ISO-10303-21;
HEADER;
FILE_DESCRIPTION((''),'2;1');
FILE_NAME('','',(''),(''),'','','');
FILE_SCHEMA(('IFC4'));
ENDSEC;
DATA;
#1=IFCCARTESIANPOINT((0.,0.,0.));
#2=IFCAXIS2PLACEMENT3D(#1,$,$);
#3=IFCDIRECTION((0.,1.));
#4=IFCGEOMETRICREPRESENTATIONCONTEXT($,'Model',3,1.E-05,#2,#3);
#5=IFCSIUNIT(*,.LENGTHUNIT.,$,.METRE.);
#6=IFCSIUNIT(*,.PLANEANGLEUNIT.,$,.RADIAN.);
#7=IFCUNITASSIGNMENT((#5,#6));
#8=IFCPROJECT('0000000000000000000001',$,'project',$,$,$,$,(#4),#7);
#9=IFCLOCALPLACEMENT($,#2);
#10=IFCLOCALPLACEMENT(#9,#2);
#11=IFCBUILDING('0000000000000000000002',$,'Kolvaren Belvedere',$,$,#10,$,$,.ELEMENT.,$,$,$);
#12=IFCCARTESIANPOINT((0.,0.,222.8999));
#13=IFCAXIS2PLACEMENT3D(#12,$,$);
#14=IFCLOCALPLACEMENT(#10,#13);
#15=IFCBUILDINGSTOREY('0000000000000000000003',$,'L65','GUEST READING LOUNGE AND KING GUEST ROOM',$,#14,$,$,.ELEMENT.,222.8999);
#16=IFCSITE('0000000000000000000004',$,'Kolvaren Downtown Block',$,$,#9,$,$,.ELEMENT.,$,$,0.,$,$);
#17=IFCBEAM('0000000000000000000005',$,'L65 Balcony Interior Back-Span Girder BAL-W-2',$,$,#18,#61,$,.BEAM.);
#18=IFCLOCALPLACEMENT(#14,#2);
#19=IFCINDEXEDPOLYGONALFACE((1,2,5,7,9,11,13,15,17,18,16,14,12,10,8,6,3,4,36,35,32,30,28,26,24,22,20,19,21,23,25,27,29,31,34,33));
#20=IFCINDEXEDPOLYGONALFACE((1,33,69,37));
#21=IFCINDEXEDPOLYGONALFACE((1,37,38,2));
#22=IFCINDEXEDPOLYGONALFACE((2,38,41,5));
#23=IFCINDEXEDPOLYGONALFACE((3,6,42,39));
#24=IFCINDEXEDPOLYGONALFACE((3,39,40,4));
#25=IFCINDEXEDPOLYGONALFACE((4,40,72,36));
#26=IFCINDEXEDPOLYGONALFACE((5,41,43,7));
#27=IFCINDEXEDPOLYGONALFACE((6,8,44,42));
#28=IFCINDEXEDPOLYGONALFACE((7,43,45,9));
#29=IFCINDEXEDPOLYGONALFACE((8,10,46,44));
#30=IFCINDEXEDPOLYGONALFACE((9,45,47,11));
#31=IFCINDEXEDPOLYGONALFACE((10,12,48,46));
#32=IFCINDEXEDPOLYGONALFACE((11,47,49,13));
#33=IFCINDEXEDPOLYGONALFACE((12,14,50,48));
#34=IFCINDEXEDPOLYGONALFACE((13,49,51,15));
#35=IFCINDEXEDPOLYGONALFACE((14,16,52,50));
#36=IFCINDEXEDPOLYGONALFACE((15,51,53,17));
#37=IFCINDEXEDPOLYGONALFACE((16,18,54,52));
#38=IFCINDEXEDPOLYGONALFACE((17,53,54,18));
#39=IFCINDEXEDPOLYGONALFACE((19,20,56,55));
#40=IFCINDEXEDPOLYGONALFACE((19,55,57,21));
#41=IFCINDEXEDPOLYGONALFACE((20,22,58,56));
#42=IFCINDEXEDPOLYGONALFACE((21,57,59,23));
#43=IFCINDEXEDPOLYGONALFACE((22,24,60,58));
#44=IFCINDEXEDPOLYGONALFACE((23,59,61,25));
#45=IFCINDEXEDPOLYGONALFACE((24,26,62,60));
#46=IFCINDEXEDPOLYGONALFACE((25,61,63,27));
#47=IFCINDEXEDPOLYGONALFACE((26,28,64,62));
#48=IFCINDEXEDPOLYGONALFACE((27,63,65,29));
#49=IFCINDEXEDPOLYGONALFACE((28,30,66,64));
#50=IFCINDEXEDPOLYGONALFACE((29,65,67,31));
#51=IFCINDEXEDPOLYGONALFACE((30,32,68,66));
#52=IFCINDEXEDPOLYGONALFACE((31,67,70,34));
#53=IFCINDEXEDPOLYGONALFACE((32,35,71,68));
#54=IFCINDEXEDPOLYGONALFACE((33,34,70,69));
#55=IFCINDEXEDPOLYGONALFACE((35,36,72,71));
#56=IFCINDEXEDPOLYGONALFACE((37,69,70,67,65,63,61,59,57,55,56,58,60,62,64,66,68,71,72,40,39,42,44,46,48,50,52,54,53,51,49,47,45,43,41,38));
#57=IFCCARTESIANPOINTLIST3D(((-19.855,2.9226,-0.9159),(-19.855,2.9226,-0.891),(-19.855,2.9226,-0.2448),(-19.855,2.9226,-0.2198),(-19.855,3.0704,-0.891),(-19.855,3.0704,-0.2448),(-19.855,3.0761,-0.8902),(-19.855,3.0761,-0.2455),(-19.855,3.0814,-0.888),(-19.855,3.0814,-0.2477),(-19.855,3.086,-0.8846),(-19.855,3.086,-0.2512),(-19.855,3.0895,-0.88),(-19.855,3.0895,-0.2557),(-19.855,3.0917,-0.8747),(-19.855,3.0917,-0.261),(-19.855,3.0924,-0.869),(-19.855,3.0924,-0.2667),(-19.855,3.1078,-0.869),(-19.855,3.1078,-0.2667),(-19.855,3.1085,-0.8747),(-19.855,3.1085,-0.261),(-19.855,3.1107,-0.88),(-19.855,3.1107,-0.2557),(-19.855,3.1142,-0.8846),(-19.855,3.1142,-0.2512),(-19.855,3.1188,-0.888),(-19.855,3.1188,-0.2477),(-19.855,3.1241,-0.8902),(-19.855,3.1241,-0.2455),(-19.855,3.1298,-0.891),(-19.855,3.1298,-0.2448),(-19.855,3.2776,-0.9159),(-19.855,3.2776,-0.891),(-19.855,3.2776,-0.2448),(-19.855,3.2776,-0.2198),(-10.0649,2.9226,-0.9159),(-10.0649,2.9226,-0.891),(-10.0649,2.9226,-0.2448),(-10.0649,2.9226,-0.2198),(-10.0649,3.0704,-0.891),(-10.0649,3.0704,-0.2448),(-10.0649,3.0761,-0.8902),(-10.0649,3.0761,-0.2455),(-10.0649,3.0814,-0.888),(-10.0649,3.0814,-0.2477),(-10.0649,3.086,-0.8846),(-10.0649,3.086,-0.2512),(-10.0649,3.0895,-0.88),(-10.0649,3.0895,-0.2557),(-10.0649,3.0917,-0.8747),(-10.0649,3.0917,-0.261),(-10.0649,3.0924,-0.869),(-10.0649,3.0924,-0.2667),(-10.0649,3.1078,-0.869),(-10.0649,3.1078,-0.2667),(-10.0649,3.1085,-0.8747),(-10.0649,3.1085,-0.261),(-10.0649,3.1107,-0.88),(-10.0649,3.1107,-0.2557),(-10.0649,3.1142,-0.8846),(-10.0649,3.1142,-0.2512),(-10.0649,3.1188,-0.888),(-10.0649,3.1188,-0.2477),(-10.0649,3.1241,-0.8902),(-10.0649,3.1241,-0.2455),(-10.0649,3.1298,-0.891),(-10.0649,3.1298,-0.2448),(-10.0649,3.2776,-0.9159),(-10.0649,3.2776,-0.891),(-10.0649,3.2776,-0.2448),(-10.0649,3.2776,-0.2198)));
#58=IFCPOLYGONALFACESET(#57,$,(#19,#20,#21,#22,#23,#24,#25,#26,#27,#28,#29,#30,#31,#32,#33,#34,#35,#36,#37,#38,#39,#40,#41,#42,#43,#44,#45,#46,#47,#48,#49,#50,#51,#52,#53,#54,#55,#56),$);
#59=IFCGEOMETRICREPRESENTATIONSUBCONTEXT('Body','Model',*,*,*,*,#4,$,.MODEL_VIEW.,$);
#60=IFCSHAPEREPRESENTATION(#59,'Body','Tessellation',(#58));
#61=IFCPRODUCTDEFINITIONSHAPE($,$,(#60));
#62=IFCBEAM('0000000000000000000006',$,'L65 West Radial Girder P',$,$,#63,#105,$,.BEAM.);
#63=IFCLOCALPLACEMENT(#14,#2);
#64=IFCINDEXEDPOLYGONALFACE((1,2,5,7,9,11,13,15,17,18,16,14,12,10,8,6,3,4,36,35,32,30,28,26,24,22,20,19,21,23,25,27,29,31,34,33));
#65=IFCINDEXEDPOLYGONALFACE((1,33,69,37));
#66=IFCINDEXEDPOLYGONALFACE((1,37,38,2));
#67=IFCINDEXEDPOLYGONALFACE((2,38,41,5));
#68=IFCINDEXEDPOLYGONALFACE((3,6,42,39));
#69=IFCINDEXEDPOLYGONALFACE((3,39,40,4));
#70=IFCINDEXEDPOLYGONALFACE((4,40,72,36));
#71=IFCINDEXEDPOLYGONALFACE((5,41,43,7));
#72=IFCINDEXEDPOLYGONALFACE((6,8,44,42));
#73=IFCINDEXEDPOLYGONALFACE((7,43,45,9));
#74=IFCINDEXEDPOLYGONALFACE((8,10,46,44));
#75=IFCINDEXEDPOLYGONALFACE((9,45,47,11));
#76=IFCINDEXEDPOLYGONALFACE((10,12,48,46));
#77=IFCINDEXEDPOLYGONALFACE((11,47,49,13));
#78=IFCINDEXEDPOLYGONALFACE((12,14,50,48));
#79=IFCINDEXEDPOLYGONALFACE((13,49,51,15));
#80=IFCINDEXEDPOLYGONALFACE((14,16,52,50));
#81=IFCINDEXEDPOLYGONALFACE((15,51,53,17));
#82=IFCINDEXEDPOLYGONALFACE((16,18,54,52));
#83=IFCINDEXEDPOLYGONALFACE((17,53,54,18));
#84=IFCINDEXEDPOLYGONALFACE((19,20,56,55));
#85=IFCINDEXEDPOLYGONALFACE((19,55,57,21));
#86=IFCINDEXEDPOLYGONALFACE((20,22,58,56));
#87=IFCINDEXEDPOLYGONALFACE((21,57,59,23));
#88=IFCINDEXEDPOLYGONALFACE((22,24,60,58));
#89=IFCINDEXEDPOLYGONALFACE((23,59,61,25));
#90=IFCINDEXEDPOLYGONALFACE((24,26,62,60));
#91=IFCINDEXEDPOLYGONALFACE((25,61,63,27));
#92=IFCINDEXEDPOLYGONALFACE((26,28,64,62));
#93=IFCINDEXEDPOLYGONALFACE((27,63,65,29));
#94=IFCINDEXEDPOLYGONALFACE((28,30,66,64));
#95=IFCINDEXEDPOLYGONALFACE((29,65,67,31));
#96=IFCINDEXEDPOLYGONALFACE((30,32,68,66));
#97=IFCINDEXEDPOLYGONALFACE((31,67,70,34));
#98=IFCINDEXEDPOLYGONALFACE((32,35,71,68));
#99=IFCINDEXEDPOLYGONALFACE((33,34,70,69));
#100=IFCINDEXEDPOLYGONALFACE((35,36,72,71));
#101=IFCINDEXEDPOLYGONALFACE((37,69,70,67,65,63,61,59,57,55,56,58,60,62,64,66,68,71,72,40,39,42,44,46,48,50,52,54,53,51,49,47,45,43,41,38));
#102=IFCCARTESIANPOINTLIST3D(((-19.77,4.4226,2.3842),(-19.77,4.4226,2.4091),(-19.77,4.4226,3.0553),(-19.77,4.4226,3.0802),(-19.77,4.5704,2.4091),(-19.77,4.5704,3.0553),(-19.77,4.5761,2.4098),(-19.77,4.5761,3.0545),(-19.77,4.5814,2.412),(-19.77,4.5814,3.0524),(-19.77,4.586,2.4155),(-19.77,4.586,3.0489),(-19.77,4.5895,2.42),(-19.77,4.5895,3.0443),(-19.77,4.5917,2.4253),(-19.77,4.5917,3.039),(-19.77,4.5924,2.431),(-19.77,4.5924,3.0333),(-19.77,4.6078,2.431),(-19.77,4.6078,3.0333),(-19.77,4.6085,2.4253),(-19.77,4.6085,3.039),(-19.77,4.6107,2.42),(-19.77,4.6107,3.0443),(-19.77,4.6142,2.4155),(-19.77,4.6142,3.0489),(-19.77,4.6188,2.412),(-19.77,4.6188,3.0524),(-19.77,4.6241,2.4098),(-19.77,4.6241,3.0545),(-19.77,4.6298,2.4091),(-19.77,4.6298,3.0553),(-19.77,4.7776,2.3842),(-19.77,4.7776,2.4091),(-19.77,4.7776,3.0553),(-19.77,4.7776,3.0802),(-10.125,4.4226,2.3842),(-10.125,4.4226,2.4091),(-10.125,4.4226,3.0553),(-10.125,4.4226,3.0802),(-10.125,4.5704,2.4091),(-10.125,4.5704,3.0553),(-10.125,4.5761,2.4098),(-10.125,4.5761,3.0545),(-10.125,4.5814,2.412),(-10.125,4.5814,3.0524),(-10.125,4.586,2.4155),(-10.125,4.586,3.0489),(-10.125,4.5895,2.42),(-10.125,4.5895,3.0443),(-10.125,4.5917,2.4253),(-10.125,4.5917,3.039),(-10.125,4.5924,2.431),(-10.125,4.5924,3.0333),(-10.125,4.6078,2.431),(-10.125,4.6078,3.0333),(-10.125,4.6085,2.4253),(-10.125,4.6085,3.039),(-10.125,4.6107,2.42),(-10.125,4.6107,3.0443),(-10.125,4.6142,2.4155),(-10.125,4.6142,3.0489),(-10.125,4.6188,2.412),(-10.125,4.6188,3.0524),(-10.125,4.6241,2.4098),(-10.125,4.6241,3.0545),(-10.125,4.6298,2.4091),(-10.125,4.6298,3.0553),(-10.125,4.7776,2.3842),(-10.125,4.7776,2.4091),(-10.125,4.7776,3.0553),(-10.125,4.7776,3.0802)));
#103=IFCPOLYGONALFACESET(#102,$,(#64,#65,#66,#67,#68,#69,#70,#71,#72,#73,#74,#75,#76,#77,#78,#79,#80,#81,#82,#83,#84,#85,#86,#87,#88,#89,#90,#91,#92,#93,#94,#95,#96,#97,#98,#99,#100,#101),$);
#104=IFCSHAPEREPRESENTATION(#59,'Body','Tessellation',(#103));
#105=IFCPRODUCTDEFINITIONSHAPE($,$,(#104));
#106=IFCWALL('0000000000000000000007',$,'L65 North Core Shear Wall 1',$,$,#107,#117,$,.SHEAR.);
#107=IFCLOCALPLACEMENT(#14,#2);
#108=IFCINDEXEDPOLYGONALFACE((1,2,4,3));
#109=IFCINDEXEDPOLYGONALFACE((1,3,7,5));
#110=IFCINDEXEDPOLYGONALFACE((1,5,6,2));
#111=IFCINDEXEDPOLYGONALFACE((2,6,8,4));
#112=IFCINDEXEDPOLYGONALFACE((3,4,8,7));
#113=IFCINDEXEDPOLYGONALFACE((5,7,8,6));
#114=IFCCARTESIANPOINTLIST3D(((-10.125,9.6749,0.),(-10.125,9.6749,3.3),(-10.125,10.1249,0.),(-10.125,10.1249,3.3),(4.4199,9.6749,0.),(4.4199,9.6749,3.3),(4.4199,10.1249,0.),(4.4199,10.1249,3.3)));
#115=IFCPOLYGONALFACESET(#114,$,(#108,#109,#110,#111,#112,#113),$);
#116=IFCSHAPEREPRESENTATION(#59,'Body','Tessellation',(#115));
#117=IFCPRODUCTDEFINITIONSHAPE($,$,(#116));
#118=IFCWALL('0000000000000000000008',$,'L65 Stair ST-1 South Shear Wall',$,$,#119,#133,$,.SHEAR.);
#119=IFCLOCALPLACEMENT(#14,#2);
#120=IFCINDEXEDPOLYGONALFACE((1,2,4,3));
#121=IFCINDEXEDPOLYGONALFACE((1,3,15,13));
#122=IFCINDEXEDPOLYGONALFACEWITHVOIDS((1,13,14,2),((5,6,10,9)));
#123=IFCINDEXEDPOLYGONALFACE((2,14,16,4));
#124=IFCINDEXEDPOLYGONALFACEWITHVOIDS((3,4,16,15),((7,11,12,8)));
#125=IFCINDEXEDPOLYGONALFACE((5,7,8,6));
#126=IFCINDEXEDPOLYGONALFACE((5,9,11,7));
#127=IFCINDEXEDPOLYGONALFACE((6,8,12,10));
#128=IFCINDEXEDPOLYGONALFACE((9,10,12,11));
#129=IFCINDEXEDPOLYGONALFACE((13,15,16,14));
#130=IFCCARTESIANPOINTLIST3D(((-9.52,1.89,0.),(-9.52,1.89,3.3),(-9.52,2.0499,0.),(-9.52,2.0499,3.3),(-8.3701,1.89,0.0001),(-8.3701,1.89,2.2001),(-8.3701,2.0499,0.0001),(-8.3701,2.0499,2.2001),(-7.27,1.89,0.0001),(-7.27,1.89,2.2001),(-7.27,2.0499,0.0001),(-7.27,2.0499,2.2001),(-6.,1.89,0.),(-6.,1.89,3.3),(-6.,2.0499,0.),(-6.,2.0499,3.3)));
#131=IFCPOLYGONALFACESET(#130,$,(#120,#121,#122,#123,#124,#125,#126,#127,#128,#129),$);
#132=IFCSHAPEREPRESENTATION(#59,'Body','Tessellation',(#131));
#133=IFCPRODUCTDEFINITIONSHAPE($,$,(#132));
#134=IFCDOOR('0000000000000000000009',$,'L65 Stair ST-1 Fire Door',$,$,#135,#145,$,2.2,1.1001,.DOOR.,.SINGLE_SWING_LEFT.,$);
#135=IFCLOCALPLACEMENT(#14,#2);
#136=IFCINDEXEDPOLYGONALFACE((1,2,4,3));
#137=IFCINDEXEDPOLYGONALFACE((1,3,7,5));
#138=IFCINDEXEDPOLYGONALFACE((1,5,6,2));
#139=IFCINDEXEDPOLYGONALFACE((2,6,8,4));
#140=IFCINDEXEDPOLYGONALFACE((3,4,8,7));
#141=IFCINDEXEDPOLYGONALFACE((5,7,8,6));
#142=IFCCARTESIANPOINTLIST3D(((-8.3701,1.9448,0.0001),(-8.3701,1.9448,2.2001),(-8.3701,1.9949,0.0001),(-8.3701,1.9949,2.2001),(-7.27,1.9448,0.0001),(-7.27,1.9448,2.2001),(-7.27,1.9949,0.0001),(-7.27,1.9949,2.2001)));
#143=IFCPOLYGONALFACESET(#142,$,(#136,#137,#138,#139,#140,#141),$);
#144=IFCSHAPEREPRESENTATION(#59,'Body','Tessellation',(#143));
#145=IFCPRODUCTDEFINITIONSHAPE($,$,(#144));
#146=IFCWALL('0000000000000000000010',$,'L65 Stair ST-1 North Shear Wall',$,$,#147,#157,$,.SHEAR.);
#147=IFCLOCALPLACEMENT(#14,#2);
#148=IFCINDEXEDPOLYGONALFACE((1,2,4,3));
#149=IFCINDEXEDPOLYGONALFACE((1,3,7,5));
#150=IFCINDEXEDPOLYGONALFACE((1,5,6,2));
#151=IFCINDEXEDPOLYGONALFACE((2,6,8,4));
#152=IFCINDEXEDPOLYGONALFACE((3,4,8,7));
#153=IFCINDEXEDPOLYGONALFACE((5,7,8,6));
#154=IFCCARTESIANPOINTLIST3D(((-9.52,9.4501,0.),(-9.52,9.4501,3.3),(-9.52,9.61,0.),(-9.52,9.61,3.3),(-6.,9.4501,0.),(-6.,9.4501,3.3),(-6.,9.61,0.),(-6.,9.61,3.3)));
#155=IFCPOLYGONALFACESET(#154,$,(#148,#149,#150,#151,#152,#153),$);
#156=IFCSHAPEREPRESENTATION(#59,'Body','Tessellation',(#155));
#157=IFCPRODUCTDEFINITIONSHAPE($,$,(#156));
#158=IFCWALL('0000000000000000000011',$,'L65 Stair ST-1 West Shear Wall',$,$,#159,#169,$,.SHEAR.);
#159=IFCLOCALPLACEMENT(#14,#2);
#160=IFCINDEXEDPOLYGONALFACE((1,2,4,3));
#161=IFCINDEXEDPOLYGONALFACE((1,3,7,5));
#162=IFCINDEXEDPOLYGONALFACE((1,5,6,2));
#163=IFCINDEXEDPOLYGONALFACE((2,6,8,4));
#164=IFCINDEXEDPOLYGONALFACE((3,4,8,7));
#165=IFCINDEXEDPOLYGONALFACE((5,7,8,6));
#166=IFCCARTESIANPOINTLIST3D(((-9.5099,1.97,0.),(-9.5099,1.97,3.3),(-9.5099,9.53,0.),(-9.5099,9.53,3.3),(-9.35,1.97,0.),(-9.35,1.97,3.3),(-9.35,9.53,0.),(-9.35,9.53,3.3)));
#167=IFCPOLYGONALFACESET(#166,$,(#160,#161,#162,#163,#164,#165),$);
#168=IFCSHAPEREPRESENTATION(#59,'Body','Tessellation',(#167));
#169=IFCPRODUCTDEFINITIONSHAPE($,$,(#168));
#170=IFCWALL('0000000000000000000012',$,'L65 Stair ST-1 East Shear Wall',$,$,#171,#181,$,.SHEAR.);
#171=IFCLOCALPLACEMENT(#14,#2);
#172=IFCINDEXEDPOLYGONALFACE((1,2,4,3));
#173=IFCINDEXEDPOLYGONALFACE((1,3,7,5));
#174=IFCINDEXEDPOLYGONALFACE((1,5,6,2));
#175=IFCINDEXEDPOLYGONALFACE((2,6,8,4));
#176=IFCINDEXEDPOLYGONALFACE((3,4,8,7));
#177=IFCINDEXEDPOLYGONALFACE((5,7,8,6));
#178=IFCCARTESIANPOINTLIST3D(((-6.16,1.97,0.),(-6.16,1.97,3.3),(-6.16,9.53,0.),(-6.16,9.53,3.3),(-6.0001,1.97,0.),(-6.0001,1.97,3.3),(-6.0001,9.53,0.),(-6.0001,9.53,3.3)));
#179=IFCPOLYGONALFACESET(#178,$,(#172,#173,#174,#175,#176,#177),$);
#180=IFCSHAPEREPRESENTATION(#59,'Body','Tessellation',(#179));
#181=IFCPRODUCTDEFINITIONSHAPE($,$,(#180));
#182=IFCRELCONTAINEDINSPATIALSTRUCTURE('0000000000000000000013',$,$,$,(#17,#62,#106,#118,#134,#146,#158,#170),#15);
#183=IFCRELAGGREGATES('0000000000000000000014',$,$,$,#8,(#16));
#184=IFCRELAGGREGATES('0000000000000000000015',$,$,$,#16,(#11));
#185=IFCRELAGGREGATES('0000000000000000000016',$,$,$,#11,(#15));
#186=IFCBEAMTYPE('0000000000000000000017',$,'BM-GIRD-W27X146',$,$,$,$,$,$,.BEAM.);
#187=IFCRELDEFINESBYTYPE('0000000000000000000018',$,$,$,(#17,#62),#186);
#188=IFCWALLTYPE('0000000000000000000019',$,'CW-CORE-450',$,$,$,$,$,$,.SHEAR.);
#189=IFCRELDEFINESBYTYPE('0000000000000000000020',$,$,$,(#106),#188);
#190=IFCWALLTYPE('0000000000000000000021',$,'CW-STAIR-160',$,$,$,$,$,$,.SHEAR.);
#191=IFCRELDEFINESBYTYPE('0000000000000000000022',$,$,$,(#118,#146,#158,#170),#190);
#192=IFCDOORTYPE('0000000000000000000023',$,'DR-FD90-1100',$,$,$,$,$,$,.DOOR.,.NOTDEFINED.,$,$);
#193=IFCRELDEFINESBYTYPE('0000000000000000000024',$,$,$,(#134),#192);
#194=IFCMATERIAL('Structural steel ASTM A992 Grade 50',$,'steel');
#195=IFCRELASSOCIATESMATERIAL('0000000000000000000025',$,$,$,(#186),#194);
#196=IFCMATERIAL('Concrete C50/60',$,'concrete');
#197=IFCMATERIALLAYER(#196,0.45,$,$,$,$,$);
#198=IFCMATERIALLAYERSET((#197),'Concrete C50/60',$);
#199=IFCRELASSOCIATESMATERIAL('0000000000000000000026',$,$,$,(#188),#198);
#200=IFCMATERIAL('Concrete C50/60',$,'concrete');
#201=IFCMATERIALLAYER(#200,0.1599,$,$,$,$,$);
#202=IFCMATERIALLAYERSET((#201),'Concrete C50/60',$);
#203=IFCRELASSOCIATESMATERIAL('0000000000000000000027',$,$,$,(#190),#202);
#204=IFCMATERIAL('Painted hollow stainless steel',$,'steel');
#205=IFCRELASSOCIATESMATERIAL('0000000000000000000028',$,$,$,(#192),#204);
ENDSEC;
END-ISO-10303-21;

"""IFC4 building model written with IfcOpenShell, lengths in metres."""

from ifc_helpers import new_model, si_unit, direction, frame, frame_2d, origin, origin_2d, place, context, subcontext, project, spatial, rectangle, i_section, extrude, material, layer, layer_set, material_profile, profile_set, type_object, element, fill, save


model = new_model("IFC4")

# Units and contexts
model_context = context("Model", 3, precision=1e-05, world=origin(), true_north=direction((0.0, 1.0)))
body_context = subcontext(model_context, "Body", "Model", "MODEL_VIEW")
ifc_project = project(units=[si_unit("LENGTHUNIT", "METRE"), si_unit("PLANEANGLEUNIT", "RADIAN")], contexts=[model_context])

# Site, building, storey
site_placement = place(None, origin())
site = spatial("IfcSite", under=ifc_project, at=site_placement, Name="Kolvaren Downtown Block", CompositionType="ELEMENT", RefElevation=0.0)
building_placement = place(site_placement, origin())
building = spatial("IfcBuilding", under=site, at=building_placement, Name="Kolvaren Belvedere", CompositionType="ELEMENT")
storey_placement = place(building_placement, frame((0.0, 0.0, 222.8999)))
storey = spatial("IfcBuildingStorey", under=building, at=storey_placement, Name="L65", Description="GUEST READING LOUNGE AND KING GUEST ROOM", CompositionType="ELEMENT", Elevation=222.8999)

# Beams
ifc_material_1 = material(Name="Structural steel ASTM A992 Grade 50", Category="steel")
ifc_material_profile = material_profile(ifc_material_1, i_section(OverallWidth=0.355, OverallDepth=0.696, WebThickness=0.0154, FlangeThickness=0.0249, FilletRadius=0.022, at=origin_2d()), Name="W27X146")
ifc_profile_set = profile_set([ifc_material_profile], Name="Structural steel ASTM A992 Grade 50")
beam_type = type_object("IfcBeamType", Name="BM-GIRD-W27X146", PredefinedType="BEAM", material=ifc_profile_set)
beam_1_placement = place(storey_placement, frame((-10.0649, 3.1001, -0.5679), z_axis=(-1.0, 0.0, 0.0), x_axis=(0.0, -1.0, 0.0)))
element("IfcBeam", 1, at=beam_1_placement, inside=storey, type_object=beam_type, Name="L65 Balcony Interior Back-Span Girder BAL-W-2", PredefinedType="BEAM", context=body_context, shape_type="SweptSolid", body=[
    extrude(i_section(OverallWidth=0.355, OverallDepth=0.696, WebThickness=0.0154, FlangeThickness=0.0249, FilletRadius=0.022, at=origin_2d()), origin(), (0.0, 0.0, 1.0), 9.79),
])
beam_2_placement = place(storey_placement, frame((-10.125, 4.6001, 2.7322), z_axis=(-1.0, 0.0, 0.0), x_axis=(0.0, -1.0, 0.0)))
element("IfcBeam", 2, at=beam_2_placement, inside=storey, type_object=beam_type, Name="L65 West Radial Girder P", PredefinedType="BEAM", context=body_context, shape_type="SweptSolid", body=[
    extrude(i_section(OverallWidth=0.355, OverallDepth=0.696, WebThickness=0.0154, FlangeThickness=0.0249, FilletRadius=0.022, at=origin_2d()), origin(), (0.0, 0.0, 1.0), 9.645),
])

# Wall
ifc_material_2 = material(Name="Concrete C50/60", Category="concrete")
ifc_layer_1 = layer(ifc_material_2, 0.45)
ifc_layer_set_1 = layer_set([ifc_layer_1], Name="Concrete C50/60")
wall_type_1 = type_object("IfcWallType", Name="CW-CORE-450", PredefinedType="SHEAR", material=ifc_layer_set_1)
wall_1_placement = place(storey_placement, frame((-10.125, 9.8999, 0.0), z_axis=(0.0, 0.0, 1.0), x_axis=(1.0, 0.0, 0.0)))
element("IfcWall", 3, at=wall_1_placement, inside=storey, type_object=wall_type_1, Name="L65 North Core Shear Wall 1", PredefinedType="SHEAR", context=body_context, shape_type="SweptSolid", body=[
    extrude(rectangle(XDim=14.5449, YDim=0.45, at=frame_2d((7.2725, 0.0))), origin(), (0.0, 0.0, 1.0), 3.3),
])

# Wall, opening, door
ifc_material_3 = material(Name="Concrete C50/60", Category="concrete")
ifc_layer_2 = layer(ifc_material_3, 0.1599)
ifc_layer_set_2 = layer_set([ifc_layer_2], Name="Concrete C50/60")
wall_type_2 = type_object("IfcWallType", Name="CW-STAIR-160", PredefinedType="SHEAR", material=ifc_layer_set_2)
wall_2_placement = place(storey_placement, frame((-9.52, 1.97, 0.0), z_axis=(0.0, 0.0, 1.0), x_axis=(1.0, 0.0, 0.0)))
wall_2 = element("IfcWall", 4, at=wall_2_placement, inside=storey, type_object=wall_type_2, Name="L65 Stair ST-1 South Shear Wall", PredefinedType="SHEAR", context=body_context, shape_type="SweptSolid", body=[
    extrude(rectangle(XDim=3.52, YDim=0.1599, at=frame_2d((1.76, 0.0))), origin(), (0.0, 0.0, 1.0), 3.3),
])
opening_1_placement = place(wall_2_placement, frame((1.1499, 0.0, 0.0)))
opening_1 = element("IfcOpeningElement", 5, at=opening_1_placement, cuts=wall_2, PredefinedType="OPENING", context=body_context, shape_type="SweptSolid", body=[
    extrude(rectangle(XDim=1.1001, YDim=2.2, at=frame_2d((0.55, 1.1001))), frame((0.0, 0.0898, 0.0), z_axis=(0.0, -1.0, 0.0), x_axis=(1.0, 0.0, 0.0)), (0.0, 0.0, 1.0), 0.1799),
])
ifc_material_4 = material(Name="Painted hollow stainless steel", Category="steel")
door_type_1 = type_object("IfcDoorType", Name="DR-FD90-1100", OperationType="NOTDEFINED", PredefinedType="DOOR", material=ifc_material_4)
door_1_placement = place(opening_1_placement, origin())
door_1 = element("IfcDoor", 6, at=door_1_placement, inside=storey, type_object=door_type_1, Name="L65 Stair ST-1 Fire Door", OperationType="SINGLE_SWING_LEFT", OverallHeight=2.2, OverallWidth=1.1001, PredefinedType="DOOR", context=body_context, shape_type="SweptSolid", body=[
    extrude(rectangle(XDim=1.1001, YDim=2.2, at=frame_2d((0.55, 1.1001))), frame((0.0, 0.0249, 0.0), z_axis=(0.0, -1.0, 0.0), x_axis=(1.0, 0.0, 0.0)), (0.0, 0.0, 1.0), 0.05),
])
fill(opening_1, door_1)

# Walls
wall_3_placement = place(storey_placement, frame((-9.52, 9.53, 0.0), z_axis=(0.0, 0.0, 1.0), x_axis=(1.0, 0.0, 0.0)))
element("IfcWall", 7, at=wall_3_placement, inside=storey, type_object=wall_type_2, Name="L65 Stair ST-1 North Shear Wall", PredefinedType="SHEAR", context=body_context, shape_type="SweptSolid", body=[
    extrude(rectangle(XDim=3.52, YDim=0.1599, at=frame_2d((1.76, 0.0))), origin(), (0.0, 0.0, 1.0), 3.3),
])
for number, where, z_axis, x_axis, name in (
    (8, (-9.4299, 1.97, 0.0), (0.0, 0.0, 1.0), (0.0, 1.0, 0.0), "L65 Stair ST-1 West Shear Wall"),
    (9, (-6.0801, 1.97, 0.0), (0.0, 0.0, 1.0), (0.0, 1.0, 0.0), "L65 Stair ST-1 East Shear Wall"),
):
    element("IfcWall", number, at=place(storey_placement, frame(where, z_axis=z_axis, x_axis=x_axis)), inside=storey, type_object=wall_type_2, Name=name, PredefinedType="SHEAR", context=body_context, shape_type="SweptSolid", body=[
        extrude(rectangle(XDim=7.5601, YDim=0.1599, at=frame_2d((3.78, 0.0))), origin(), (0.0, 0.0, 1.0), 3.3),
    ])

save(model, "model.ifc")
